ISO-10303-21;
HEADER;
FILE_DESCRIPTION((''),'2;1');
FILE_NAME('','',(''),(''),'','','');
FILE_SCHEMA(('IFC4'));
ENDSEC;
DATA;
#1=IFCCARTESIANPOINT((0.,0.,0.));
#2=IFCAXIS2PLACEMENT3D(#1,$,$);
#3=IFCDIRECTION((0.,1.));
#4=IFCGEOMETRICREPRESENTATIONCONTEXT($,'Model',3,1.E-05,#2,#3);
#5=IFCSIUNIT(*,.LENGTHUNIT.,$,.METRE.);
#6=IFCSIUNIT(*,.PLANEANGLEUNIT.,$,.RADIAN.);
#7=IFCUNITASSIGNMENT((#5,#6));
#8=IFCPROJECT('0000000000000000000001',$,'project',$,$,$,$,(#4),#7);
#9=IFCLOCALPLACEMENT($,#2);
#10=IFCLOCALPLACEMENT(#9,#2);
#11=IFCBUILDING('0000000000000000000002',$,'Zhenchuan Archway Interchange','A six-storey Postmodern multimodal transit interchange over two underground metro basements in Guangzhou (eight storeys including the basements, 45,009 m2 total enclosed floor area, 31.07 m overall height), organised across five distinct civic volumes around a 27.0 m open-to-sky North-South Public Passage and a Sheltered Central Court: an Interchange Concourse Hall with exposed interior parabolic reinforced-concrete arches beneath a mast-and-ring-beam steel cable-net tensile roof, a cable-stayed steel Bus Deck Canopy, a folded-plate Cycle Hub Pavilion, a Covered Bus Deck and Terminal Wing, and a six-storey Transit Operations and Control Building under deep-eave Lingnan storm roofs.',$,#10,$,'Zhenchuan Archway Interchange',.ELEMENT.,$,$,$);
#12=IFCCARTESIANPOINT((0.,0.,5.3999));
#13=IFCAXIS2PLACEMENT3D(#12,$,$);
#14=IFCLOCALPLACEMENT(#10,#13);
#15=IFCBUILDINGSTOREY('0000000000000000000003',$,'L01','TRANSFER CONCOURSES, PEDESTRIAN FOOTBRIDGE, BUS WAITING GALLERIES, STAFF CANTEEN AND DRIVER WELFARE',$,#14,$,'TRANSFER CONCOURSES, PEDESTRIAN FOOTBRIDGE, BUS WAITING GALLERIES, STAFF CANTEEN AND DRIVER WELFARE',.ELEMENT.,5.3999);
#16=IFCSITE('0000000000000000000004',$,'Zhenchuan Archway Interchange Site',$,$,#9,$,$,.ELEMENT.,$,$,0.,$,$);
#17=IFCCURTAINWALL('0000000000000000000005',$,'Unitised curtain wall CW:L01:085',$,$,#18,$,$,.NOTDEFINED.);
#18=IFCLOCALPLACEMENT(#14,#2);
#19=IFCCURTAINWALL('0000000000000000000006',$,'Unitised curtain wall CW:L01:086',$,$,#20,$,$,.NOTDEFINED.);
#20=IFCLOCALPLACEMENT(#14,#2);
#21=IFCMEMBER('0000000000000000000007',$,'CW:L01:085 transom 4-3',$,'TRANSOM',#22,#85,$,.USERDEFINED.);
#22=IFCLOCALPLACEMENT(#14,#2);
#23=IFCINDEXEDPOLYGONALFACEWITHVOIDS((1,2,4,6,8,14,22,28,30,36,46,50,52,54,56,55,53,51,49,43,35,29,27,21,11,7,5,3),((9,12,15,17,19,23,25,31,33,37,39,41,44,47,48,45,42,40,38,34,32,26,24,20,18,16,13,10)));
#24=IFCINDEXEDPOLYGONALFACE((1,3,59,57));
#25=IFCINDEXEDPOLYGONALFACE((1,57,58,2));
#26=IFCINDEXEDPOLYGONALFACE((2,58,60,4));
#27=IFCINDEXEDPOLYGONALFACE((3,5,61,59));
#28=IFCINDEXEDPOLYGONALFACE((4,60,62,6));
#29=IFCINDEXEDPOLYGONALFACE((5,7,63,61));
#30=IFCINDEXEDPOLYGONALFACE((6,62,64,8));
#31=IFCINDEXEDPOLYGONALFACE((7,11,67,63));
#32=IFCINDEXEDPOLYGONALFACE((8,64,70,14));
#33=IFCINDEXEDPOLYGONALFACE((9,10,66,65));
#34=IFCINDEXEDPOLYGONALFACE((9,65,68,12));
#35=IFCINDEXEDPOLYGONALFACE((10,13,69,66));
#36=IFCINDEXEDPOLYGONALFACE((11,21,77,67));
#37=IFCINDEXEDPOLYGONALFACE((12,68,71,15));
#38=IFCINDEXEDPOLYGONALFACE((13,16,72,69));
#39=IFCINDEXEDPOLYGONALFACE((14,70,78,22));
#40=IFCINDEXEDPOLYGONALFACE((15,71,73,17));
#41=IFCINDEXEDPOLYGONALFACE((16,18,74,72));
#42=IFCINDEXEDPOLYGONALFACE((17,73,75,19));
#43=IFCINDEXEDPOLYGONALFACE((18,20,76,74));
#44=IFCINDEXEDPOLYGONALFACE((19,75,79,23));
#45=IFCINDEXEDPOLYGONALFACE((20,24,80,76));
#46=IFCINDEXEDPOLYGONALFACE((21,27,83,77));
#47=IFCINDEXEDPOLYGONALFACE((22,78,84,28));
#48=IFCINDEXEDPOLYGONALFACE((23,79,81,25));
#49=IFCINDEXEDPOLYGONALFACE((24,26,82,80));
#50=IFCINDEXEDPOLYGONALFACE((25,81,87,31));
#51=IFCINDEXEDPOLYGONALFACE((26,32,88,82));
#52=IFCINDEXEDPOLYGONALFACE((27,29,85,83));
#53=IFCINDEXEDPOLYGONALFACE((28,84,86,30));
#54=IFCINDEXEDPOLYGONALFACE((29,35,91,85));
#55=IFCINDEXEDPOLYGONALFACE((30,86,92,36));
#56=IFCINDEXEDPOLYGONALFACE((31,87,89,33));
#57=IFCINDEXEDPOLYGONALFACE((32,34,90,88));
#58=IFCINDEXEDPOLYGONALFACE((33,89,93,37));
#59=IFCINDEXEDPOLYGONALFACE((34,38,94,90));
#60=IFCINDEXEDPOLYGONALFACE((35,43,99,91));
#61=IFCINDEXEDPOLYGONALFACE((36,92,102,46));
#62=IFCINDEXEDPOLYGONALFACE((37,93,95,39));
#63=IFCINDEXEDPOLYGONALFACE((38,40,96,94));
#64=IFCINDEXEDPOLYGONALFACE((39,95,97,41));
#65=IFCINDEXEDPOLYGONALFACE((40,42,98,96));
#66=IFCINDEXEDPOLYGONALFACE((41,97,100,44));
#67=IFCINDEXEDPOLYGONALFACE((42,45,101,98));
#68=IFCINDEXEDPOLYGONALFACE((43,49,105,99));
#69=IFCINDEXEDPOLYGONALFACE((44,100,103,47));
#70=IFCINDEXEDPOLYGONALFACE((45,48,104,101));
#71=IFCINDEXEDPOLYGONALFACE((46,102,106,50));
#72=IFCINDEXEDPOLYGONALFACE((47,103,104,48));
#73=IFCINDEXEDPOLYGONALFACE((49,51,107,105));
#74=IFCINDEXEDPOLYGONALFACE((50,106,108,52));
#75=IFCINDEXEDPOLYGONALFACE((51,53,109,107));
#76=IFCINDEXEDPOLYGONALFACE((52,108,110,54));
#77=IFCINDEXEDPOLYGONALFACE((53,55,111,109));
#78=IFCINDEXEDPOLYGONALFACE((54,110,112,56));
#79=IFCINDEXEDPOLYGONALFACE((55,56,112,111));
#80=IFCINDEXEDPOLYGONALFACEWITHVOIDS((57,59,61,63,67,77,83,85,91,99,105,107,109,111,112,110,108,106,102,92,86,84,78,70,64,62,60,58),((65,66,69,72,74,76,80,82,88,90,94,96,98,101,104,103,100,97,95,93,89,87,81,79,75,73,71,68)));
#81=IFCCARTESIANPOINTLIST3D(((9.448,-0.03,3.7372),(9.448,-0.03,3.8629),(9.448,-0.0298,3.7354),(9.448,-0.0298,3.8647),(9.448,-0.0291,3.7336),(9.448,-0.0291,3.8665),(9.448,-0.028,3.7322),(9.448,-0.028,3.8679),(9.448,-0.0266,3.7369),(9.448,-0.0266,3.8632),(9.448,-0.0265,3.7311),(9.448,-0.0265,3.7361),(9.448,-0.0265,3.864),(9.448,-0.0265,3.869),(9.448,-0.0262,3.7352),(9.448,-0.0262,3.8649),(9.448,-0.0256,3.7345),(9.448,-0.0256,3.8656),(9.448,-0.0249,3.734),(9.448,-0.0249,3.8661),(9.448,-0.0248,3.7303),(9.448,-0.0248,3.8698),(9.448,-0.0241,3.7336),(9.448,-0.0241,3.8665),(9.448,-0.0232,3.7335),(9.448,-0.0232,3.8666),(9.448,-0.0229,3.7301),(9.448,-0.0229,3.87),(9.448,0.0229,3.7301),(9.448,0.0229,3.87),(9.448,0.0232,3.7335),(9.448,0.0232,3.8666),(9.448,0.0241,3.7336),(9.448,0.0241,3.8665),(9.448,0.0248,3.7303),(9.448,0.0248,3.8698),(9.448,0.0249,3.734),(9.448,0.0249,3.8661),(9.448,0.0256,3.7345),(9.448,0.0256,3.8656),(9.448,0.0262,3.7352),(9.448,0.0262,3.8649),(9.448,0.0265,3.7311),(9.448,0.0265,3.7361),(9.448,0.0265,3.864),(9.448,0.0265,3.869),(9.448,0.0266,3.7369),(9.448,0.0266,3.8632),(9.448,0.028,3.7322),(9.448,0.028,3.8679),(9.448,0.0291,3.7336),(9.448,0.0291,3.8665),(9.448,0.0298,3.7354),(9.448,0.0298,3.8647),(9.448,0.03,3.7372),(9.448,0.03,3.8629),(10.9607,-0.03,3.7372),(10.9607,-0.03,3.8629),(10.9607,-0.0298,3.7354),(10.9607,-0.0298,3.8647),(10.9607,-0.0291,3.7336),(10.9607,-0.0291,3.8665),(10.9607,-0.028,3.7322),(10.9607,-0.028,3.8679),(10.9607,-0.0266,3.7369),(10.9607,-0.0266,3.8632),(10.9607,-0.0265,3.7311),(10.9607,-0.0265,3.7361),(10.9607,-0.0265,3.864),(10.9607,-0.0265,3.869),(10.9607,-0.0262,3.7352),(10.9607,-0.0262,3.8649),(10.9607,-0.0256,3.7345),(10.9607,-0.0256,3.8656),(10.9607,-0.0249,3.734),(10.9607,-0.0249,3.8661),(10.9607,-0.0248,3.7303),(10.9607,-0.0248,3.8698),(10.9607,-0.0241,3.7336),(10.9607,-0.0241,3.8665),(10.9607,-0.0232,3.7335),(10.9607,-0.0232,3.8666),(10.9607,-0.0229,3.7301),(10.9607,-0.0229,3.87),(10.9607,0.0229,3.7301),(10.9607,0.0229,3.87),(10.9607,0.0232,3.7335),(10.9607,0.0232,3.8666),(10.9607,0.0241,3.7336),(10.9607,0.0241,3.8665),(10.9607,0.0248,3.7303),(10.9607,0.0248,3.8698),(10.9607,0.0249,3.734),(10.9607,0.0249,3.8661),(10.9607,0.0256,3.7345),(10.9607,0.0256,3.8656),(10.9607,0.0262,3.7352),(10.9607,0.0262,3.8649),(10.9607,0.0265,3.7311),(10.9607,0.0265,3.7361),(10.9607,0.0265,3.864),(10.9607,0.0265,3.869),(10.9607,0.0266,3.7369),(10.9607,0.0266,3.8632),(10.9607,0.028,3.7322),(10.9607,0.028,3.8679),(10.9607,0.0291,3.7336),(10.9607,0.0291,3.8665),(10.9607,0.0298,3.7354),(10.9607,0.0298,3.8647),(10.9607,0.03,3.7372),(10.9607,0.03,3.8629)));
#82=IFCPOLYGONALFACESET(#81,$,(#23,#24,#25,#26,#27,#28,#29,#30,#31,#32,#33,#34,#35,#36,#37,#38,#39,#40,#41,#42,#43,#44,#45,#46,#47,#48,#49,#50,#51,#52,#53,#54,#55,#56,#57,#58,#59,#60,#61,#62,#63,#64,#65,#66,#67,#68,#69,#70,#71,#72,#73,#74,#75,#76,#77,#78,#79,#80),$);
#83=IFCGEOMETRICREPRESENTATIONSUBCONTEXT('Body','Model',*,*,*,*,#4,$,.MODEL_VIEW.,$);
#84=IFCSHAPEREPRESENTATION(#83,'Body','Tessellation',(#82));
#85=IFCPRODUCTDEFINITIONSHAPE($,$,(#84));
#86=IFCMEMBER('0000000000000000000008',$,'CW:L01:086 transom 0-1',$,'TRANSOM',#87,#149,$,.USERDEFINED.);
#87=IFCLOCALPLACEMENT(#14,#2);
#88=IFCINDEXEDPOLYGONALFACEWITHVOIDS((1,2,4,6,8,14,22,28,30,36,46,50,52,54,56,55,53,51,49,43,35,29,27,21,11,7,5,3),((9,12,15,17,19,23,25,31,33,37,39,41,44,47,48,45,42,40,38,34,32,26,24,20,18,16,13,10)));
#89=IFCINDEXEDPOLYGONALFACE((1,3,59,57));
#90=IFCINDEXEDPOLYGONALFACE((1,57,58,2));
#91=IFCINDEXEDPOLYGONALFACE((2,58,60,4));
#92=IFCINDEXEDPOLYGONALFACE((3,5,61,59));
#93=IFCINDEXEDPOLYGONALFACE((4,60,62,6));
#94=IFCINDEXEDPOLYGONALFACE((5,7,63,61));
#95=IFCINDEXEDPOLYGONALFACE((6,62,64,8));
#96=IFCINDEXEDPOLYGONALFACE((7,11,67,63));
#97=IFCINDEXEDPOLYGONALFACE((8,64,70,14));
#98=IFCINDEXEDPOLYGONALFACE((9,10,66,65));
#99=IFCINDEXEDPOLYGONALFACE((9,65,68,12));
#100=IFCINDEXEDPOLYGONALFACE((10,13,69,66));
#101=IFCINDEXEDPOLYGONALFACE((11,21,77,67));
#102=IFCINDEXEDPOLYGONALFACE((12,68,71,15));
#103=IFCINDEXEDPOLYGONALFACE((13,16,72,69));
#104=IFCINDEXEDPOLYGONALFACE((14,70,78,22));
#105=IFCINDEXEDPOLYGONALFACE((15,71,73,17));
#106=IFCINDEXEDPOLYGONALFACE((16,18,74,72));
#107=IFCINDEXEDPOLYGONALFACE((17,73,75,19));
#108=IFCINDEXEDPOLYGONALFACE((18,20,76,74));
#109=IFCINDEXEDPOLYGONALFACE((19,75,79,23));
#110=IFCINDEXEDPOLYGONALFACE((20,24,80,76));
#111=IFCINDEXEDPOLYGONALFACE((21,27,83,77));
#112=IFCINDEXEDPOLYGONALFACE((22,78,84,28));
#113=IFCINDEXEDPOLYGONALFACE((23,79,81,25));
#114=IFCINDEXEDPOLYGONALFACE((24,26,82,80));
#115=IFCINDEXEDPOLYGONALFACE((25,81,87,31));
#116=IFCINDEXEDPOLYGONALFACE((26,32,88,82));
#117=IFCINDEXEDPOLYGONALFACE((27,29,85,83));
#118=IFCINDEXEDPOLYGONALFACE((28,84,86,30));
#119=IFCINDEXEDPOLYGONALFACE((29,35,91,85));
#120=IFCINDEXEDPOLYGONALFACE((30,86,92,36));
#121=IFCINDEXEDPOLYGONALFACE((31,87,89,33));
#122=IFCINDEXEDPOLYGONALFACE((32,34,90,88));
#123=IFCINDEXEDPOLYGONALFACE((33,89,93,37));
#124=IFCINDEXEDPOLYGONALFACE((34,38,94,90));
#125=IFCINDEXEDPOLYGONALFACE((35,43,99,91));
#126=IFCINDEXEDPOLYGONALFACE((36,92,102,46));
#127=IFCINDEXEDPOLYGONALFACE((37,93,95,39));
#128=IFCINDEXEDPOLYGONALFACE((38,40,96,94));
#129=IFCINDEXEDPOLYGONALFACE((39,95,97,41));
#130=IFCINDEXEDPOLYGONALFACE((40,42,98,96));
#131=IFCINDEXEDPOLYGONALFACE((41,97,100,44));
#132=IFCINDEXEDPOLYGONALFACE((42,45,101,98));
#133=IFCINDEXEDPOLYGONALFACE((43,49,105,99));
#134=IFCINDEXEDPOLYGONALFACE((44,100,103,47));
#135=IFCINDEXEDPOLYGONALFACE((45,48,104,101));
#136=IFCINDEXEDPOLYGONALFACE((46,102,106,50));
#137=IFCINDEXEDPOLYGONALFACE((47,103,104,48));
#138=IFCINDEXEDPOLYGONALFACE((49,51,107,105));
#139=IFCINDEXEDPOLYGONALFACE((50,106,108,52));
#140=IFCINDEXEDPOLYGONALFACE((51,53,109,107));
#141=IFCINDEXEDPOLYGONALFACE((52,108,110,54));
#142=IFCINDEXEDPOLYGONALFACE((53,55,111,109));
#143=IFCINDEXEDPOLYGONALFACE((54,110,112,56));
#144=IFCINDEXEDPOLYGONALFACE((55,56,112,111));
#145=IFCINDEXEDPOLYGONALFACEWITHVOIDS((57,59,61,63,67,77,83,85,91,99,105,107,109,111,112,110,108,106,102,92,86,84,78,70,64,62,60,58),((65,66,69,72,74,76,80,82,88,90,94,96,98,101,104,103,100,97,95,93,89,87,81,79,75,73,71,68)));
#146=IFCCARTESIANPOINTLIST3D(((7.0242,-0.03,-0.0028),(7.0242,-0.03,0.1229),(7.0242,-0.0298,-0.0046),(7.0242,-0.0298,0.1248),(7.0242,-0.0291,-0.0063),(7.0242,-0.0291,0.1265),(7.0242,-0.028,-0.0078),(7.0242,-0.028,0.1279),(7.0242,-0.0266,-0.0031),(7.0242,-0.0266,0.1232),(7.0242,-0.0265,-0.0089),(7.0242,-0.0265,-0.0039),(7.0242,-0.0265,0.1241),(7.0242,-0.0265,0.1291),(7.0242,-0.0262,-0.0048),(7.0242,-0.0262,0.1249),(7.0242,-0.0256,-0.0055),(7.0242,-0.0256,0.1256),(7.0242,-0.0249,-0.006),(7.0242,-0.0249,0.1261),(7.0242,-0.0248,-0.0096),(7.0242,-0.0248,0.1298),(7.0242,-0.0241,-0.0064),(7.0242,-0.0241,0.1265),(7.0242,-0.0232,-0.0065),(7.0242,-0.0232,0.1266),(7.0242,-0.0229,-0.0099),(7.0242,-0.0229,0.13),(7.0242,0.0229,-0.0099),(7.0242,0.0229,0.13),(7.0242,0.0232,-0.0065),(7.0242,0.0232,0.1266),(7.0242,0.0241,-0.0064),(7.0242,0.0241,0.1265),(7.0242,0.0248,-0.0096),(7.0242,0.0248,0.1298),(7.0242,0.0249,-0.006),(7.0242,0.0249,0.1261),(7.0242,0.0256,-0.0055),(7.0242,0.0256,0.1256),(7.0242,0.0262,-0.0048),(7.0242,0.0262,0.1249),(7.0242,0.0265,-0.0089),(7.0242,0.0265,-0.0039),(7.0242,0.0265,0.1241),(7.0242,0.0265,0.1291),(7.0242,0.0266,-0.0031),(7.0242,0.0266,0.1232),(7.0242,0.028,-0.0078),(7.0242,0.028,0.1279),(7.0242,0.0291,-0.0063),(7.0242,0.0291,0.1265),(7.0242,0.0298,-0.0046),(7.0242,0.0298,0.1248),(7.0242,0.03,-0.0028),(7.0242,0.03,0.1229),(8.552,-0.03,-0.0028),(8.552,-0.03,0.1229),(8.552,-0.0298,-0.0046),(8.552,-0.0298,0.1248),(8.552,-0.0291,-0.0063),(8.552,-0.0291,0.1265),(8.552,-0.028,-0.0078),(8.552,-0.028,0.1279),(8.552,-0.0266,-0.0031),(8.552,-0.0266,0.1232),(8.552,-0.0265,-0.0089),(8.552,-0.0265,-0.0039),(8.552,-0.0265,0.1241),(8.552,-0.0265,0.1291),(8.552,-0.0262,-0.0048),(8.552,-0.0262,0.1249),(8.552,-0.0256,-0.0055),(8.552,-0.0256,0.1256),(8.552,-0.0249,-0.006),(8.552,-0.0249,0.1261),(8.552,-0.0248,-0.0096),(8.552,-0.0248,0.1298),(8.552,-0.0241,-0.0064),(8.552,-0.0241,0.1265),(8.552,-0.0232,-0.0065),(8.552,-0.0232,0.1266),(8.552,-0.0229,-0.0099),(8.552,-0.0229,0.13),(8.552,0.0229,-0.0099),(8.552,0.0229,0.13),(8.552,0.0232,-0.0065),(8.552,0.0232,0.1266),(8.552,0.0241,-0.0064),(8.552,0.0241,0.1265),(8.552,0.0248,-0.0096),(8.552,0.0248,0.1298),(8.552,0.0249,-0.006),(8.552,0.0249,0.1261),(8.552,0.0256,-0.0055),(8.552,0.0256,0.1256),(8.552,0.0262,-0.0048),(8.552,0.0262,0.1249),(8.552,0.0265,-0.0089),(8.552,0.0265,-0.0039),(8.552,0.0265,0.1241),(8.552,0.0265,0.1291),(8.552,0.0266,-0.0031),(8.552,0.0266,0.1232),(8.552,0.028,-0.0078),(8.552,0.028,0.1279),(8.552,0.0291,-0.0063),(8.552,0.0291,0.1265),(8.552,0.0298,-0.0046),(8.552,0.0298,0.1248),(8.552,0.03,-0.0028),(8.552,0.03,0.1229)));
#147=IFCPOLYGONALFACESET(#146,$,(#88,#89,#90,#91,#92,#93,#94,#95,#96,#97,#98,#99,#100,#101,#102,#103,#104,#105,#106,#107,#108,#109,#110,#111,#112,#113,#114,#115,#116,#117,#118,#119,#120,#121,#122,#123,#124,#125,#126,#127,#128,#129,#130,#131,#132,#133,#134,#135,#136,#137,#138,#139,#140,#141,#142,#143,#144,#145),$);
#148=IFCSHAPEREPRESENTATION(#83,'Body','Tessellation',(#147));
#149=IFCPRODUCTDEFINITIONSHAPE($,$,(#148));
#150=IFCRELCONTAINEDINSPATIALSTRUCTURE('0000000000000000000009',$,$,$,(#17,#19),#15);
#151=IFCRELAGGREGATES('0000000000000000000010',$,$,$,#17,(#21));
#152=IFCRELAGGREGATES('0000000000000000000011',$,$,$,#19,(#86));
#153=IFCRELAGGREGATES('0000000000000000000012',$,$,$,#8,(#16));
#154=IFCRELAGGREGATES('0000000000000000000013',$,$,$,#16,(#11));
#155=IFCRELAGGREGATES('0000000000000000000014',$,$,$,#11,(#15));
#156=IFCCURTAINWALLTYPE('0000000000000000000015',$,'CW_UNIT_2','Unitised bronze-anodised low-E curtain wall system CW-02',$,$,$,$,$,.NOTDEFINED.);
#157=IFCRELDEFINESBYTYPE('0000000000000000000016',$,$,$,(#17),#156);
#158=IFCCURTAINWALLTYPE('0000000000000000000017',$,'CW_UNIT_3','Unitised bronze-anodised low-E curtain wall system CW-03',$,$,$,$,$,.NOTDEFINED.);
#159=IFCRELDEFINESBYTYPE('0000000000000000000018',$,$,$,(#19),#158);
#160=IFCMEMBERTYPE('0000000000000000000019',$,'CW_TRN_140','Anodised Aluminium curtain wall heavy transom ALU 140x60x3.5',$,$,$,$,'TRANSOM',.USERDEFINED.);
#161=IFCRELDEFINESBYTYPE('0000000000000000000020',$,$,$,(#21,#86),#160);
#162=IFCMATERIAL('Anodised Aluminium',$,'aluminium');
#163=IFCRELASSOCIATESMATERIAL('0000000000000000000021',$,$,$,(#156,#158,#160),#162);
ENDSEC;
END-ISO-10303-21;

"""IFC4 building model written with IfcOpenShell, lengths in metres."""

from ifc_helpers import new_model, si_unit, direction, frame, origin, origin_2d, place, context, subcontext, project, spatial, hollow_rectangle, extrude, material, material_profile, profile_set, type_object, element, aggregate, save


model = new_model("IFC4")

# Units and contexts
model_context = context("Model", 3, precision=1e-05, world=origin(), true_north=direction((0.0, 1.0)))
body_context = subcontext(model_context, "Body", "Model", "MODEL_VIEW")
ifc_project = project(units=[si_unit("LENGTHUNIT", "METRE"), si_unit("PLANEANGLEUNIT", "RADIAN")], contexts=[model_context])

# Site, building, storey
site_placement = place(None, origin())
site = spatial("IfcSite", under=ifc_project, at=site_placement, Name="Zhenchuan Archway Interchange Site", CompositionType="ELEMENT", RefElevation=0.0)
building_placement = place(site_placement, origin())
building = spatial("IfcBuilding", under=site, at=building_placement, Name="Zhenchuan Archway Interchange", Description="A six-storey Postmodern multimodal transit interchange over two underground metro basements in Guangzhou (eight storeys including the basements, 45,009 m2 total enclosed floor area, 31.07 m overall height), organised across five distinct civic volumes around a 27.0 m open-to-sky North-South Public Passage and a Sheltered Central Court: an Interchange Concourse Hall with exposed interior parabolic reinforced-concrete arches beneath a mast-and-ring-beam steel cable-net tensile roof, a cable-stayed steel Bus Deck Canopy, a folded-plate Cycle Hub Pavilion, a Covered Bus Deck and Terminal Wing, and a six-storey Transit Operations and Control Building under deep-eave Lingnan storm roofs.", LongName="Zhenchuan Archway Interchange", CompositionType="ELEMENT")
storey_placement = place(building_placement, frame((0.0, 0.0, 5.3999)))
storey = spatial("IfcBuildingStorey", under=building, at=storey_placement, Name="L01", Description="TRANSFER CONCOURSES, PEDESTRIAN FOOTBRIDGE, BUS WAITING GALLERIES, STAFF CANTEEN AND DRIVER WELFARE", LongName="TRANSFER CONCOURSES, PEDESTRIAN FOOTBRIDGE, BUS WAITING GALLERIES, STAFF CANTEEN AND DRIVER WELFARE", CompositionType="ELEMENT", Elevation=5.3999)

# Curtain wall
ifc_material_1 = material(Name="Anodised Aluminium", Category="aluminium")
curtain_wall_type_1 = type_object("IfcCurtainWallType", Name="CW_UNIT_2", Description="Unitised bronze-anodised low-E curtain wall system CW-02", PredefinedType="NOTDEFINED", material=ifc_material_1)
curtain_wall_1_placement = place(storey_placement, origin())
curtain_wall_1 = element("IfcCurtainWall", 1, at=curtain_wall_1_placement, inside=storey, type_object=curtain_wall_type_1, Name="Unitised curtain wall CW:L01:085", PredefinedType="NOTDEFINED")

# Curtain wall
curtain_wall_type_2 = type_object("IfcCurtainWallType", Name="CW_UNIT_3", Description="Unitised bronze-anodised low-E curtain wall system CW-03", PredefinedType="NOTDEFINED", material=ifc_material_1)
curtain_wall_2_placement = place(storey_placement, origin())
curtain_wall_2 = element("IfcCurtainWall", 2, at=curtain_wall_2_placement, inside=storey, type_object=curtain_wall_type_2, Name="Unitised curtain wall CW:L01:086", PredefinedType="NOTDEFINED")

# Members
ifc_material_profile_1 = material_profile(ifc_material_1, hollow_rectangle(XDim=0.0601, YDim=0.1399, WallThickness=0.0034, InnerFilletRadius=0.0034, OuterFilletRadius=0.0071, at=origin_2d()), Name="ALU 140x60x3.5")
ifc_profile_set_1 = profile_set([ifc_material_profile_1], Name="Anodised Aluminium")
member_type_1 = type_object("IfcMemberType", Name="CW_TRN_140", Description="Anodised Aluminium curtain wall heavy transom ALU 140x60x3.5", ElementType="TRANSOM", PredefinedType="USERDEFINED", material=ifc_profile_set_1)
member_1_placement = place(storey_placement, frame((10.9607, 0.0, 3.8), z_axis=(-1.0, 0.0, 0.0), x_axis=(0.0, -1.0, 0.0)))
member_1 = element("IfcMember", 3, at=member_1_placement, type_object=member_type_1, Name="CW:L01:085 transom 4-3", ObjectType="TRANSOM", PredefinedType="USERDEFINED", context=body_context, shape_type="SweptSolid", body=[
    extrude(hollow_rectangle(XDim=0.0601, YDim=0.1399, WallThickness=0.0034, InnerFilletRadius=0.0034, OuterFilletRadius=0.0071, at=origin_2d()), origin(), (0.0, 0.0, 1.0), 1.5127),
])
member_2_placement = place(storey_placement, frame((8.552, 0.0, 0.0601), z_axis=(-1.0, 0.0, 0.0), x_axis=(0.0, -1.0, 0.0)))
member_2 = element("IfcMember", 4, at=member_2_placement, type_object=member_type_1, Name="CW:L01:086 transom 0-1", ObjectType="TRANSOM", PredefinedType="USERDEFINED", context=body_context, shape_type="SweptSolid", body=[
    extrude(hollow_rectangle(XDim=0.0601, YDim=0.1399, WallThickness=0.0034, InnerFilletRadius=0.0034, OuterFilletRadius=0.0071, at=origin_2d()), origin(), (0.0, 0.0, 1.0), 1.5278),
])

aggregate(curtain_wall_1, [member_1])
aggregate(curtain_wall_2, [member_2])

save(model, "model.ifc")
